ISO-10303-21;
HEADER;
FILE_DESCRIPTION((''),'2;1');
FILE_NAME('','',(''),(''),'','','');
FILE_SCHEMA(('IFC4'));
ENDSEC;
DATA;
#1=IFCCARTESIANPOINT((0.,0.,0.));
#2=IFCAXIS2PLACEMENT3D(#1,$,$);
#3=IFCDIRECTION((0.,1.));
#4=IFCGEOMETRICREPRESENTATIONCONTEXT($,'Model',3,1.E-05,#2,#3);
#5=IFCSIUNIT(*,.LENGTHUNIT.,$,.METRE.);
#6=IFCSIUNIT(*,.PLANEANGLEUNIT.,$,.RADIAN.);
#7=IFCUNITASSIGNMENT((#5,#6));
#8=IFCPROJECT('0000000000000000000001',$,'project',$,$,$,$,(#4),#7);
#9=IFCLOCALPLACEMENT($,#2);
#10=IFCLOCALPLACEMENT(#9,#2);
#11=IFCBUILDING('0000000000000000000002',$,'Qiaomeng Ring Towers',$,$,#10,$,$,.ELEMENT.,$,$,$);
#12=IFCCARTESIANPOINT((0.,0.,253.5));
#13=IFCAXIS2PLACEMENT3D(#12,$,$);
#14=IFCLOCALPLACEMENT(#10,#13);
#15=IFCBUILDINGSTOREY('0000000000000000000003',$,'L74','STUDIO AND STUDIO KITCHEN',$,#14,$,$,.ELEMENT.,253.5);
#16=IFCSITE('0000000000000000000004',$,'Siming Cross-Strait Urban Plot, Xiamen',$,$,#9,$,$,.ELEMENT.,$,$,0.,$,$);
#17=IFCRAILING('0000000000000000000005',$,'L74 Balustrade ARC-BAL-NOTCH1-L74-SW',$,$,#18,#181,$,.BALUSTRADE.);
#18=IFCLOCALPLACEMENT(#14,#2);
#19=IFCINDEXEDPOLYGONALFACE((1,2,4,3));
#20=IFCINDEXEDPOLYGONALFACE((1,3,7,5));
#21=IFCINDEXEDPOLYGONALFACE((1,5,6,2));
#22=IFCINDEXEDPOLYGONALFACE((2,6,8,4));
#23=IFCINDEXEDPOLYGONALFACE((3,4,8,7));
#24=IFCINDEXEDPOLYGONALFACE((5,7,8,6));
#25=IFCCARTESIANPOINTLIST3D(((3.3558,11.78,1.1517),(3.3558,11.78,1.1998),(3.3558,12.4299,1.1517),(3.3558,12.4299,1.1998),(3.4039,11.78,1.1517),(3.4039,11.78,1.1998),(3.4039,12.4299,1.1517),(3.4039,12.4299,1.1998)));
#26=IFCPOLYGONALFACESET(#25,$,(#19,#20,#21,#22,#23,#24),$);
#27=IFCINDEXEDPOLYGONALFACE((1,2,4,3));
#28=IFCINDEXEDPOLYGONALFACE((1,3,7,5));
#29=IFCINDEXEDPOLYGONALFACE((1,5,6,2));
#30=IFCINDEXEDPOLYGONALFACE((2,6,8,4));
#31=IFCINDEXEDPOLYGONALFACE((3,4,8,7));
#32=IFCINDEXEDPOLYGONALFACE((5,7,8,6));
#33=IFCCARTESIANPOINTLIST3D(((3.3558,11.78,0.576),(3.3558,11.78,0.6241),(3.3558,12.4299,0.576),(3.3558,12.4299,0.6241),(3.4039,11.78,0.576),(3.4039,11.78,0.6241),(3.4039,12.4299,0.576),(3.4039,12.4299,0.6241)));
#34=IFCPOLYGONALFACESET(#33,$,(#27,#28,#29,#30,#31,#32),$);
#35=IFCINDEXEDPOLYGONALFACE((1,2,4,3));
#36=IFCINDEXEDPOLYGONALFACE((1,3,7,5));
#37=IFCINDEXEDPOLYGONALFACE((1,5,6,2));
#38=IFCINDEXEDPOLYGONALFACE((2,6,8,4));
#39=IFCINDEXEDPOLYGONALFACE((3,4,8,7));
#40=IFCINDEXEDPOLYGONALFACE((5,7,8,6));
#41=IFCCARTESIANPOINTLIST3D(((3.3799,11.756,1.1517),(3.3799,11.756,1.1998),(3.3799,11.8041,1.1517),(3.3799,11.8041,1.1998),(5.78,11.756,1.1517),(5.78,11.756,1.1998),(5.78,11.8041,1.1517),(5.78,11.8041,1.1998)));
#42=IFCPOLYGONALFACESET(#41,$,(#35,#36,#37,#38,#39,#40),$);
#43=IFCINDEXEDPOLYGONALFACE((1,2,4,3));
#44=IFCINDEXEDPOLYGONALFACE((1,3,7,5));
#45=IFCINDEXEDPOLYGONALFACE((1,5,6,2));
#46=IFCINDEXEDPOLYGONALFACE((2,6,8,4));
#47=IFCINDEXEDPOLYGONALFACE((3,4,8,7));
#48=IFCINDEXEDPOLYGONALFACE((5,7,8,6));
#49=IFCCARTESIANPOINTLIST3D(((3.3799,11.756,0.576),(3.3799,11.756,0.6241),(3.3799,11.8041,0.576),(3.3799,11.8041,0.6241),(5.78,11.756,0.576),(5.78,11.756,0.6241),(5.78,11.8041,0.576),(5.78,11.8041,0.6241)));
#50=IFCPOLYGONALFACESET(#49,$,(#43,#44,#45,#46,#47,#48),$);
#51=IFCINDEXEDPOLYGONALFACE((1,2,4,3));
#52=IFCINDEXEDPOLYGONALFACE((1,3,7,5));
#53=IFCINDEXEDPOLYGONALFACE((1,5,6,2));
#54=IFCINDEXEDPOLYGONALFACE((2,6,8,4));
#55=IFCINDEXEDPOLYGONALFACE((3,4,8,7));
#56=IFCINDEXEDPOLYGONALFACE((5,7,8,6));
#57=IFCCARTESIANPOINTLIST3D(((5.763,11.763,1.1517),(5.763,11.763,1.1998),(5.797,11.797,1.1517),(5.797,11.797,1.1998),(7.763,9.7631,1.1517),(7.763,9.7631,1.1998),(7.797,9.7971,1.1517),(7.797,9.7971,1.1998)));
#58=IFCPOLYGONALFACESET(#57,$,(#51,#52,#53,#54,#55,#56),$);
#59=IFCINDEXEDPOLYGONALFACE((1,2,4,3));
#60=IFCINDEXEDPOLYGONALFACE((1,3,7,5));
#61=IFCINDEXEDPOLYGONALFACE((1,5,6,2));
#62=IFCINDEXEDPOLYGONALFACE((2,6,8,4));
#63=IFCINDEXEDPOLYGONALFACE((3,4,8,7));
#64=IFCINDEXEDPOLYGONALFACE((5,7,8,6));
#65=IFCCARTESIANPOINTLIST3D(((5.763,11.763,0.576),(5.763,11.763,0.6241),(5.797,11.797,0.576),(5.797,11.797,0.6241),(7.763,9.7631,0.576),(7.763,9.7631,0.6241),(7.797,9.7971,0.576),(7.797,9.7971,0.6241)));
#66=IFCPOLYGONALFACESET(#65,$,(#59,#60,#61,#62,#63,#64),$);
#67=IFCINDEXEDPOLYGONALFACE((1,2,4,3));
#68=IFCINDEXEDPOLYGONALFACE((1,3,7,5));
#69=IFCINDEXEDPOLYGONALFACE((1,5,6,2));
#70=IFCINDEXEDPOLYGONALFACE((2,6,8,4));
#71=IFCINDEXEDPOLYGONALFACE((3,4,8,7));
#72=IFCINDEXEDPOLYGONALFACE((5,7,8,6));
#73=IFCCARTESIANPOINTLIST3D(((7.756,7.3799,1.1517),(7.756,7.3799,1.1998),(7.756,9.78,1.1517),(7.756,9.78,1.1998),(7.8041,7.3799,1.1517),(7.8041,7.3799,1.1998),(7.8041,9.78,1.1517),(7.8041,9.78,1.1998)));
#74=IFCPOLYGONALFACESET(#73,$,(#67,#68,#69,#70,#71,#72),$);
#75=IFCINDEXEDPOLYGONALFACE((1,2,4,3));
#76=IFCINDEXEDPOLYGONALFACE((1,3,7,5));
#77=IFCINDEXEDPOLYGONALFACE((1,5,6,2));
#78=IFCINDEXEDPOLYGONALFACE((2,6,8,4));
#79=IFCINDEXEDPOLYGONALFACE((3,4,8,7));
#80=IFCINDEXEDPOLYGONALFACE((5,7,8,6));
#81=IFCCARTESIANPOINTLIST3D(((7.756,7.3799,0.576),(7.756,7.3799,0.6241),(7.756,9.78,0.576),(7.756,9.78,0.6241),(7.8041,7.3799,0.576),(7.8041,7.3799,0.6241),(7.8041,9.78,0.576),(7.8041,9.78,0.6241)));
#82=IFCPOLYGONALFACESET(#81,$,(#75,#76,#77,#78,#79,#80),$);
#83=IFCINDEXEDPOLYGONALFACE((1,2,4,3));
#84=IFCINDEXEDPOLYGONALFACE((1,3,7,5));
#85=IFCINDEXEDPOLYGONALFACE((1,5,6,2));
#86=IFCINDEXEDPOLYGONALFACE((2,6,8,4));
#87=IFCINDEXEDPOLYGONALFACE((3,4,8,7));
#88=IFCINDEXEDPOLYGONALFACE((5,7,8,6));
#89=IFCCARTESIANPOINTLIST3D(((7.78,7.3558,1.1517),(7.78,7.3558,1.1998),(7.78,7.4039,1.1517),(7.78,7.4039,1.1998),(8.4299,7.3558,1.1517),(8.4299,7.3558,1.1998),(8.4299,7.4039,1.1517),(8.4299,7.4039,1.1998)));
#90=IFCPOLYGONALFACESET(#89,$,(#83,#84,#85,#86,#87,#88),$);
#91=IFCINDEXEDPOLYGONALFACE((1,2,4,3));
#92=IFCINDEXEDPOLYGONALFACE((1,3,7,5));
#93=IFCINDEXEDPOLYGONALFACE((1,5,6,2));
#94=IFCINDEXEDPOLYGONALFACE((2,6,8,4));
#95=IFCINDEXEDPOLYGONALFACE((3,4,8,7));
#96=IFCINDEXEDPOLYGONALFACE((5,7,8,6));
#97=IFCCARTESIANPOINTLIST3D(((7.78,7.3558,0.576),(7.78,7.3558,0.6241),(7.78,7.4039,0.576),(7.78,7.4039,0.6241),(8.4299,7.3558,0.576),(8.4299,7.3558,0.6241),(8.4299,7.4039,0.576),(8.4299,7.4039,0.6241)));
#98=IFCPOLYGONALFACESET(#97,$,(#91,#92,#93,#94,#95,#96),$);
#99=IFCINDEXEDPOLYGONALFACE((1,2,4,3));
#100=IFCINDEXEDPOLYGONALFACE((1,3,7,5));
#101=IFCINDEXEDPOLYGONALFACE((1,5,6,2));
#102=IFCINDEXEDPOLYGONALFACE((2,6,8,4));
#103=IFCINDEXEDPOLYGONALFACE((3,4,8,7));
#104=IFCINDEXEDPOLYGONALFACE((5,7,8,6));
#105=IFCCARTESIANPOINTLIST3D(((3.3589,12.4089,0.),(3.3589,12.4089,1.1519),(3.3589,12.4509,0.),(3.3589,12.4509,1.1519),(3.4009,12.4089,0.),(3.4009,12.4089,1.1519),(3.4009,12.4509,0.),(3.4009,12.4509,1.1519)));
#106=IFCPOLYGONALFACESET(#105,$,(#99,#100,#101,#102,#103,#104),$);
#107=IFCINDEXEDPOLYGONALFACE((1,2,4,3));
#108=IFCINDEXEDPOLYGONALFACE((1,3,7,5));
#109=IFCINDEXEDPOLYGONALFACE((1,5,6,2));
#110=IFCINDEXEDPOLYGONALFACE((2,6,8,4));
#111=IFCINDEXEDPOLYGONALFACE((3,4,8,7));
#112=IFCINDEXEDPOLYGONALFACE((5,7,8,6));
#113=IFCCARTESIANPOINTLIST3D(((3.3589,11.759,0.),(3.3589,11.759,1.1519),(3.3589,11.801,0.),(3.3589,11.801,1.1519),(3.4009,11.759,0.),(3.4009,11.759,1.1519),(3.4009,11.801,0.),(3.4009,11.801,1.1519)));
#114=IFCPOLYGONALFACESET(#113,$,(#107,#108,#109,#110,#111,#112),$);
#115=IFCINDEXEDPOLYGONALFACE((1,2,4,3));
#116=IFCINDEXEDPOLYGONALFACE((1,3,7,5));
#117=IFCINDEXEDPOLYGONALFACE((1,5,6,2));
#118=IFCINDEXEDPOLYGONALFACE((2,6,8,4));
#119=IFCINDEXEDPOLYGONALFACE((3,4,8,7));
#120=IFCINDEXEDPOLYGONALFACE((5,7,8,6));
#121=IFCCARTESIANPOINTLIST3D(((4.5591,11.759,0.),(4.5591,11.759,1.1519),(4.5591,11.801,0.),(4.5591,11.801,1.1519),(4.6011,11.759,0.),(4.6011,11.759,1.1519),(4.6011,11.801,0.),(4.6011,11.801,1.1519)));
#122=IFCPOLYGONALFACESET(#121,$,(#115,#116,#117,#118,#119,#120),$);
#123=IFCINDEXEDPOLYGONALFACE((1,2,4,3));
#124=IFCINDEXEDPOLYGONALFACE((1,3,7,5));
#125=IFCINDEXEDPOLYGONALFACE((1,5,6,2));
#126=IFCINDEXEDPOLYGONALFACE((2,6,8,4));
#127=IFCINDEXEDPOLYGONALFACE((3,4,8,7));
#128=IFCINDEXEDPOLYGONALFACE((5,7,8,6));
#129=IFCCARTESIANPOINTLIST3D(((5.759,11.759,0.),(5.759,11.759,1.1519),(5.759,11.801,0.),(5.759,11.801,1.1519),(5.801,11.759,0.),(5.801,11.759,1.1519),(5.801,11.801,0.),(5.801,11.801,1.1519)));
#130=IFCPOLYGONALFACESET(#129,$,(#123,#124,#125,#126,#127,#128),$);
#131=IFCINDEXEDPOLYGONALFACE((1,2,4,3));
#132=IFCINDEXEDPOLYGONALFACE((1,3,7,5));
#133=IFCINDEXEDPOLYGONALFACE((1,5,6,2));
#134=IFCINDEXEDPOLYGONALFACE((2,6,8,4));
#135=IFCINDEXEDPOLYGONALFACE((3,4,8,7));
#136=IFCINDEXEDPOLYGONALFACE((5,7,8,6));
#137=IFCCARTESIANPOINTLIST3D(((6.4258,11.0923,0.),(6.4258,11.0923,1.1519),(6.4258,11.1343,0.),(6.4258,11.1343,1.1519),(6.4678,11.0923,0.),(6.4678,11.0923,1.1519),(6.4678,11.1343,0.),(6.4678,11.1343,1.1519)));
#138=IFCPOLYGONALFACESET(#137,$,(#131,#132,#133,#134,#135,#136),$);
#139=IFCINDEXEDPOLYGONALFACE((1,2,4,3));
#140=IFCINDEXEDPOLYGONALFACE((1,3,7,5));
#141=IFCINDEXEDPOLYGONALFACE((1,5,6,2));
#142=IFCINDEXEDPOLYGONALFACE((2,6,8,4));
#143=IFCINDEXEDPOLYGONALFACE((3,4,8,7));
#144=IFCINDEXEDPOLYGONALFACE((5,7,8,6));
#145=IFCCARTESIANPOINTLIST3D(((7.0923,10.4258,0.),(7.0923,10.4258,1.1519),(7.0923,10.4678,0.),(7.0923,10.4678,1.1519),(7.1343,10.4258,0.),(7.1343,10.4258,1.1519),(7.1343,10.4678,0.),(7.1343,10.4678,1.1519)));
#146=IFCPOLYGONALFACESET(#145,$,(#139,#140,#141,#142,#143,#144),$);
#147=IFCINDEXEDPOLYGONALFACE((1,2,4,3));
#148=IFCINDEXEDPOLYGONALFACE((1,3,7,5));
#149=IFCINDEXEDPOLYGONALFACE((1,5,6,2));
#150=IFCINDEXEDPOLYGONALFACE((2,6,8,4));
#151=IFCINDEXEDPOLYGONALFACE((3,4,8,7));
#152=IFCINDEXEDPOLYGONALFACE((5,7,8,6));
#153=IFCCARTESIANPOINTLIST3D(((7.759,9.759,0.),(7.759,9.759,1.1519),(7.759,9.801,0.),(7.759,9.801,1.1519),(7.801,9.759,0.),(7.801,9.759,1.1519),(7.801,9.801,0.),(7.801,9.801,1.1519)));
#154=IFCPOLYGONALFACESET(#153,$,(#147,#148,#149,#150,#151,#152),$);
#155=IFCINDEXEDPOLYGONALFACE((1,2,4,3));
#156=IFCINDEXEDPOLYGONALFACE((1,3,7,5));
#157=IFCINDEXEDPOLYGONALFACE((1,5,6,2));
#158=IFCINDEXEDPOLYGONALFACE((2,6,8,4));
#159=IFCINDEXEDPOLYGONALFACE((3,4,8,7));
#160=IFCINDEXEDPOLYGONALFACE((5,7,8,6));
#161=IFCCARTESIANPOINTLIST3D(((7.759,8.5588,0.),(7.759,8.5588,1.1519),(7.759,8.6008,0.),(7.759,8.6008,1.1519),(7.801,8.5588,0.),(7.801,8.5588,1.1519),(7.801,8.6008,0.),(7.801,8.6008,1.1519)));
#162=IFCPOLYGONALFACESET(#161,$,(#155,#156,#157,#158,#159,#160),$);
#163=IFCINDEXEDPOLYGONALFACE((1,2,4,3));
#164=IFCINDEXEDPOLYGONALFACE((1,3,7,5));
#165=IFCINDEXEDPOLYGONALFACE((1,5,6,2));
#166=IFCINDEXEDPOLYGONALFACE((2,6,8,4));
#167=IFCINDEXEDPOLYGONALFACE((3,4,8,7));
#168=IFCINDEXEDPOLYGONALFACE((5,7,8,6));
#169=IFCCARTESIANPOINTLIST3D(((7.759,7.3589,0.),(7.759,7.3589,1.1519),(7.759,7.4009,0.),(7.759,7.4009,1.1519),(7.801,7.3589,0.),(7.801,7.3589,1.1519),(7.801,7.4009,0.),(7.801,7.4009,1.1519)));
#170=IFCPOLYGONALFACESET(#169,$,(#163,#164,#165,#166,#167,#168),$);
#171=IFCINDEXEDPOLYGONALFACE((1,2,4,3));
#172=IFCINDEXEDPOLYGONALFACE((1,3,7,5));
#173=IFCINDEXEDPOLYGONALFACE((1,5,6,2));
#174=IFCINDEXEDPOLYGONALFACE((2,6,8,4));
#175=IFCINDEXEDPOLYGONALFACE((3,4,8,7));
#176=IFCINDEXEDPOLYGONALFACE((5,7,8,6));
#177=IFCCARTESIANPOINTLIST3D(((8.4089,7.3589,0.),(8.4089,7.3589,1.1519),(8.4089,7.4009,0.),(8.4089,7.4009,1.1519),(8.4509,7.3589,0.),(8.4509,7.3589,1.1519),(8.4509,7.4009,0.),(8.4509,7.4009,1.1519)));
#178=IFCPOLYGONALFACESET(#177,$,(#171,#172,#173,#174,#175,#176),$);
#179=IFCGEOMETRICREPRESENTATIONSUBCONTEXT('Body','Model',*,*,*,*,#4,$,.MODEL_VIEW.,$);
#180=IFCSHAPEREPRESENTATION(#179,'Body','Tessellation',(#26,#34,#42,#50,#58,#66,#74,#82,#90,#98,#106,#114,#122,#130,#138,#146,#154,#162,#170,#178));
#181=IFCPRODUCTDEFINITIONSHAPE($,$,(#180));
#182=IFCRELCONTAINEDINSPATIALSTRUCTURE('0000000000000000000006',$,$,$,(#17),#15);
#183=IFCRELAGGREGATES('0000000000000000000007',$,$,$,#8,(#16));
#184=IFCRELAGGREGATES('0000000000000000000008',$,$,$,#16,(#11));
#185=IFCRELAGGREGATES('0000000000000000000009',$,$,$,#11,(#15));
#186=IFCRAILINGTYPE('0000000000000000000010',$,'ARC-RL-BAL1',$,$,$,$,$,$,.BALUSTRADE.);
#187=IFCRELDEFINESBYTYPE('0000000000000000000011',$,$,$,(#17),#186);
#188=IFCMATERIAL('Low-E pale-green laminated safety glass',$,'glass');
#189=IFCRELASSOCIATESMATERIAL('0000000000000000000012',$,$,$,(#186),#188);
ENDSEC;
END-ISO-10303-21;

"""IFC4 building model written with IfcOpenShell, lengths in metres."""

from ifc_helpers import new_model, si_unit, direction, frame, origin, origin_2d, place, context, subcontext, project, spatial, rectangle, extrude, material, type_object, element, save


model = new_model("IFC4")

# Units and contexts
model_context = context("Model", 3, precision=1e-05, world=origin(), true_north=direction((0.0, 1.0)))
body_context = subcontext(model_context, "Body", "Model", "MODEL_VIEW")
ifc_project = project(units=[si_unit("LENGTHUNIT", "METRE"), si_unit("PLANEANGLEUNIT", "RADIAN")], contexts=[model_context])

# Site, building, storey
site_placement = place(None, origin())
site = spatial("IfcSite", under=ifc_project, at=site_placement, Name="Siming Cross-Strait Urban Plot, Xiamen", CompositionType="ELEMENT", RefElevation=0.0)
building_placement = place(site_placement, origin())
building = spatial("IfcBuilding", under=site, at=building_placement, Name="Qiaomeng Ring Towers", CompositionType="ELEMENT")
storey_placement = place(building_placement, frame((0.0, 0.0, 253.5)))
storey = spatial("IfcBuildingStorey", under=building, at=storey_placement, Name="L74", Description="STUDIO AND STUDIO KITCHEN", CompositionType="ELEMENT", Elevation=253.5)

# Railing
ifc_material_1 = material(Name="Low-E pale-green laminated safety glass", Category="glass")
railing_type = type_object("IfcRailingType", Name="ARC-RL-BAL1", PredefinedType="BALUSTRADE", material=ifc_material_1)
railing_1_placement = place(storey_placement, frame((3.3799, 12.4299, 0.0)))
element("IfcRailing", 1, at=railing_1_placement, inside=storey, type_object=railing_type, Name="L74 Balustrade ARC-BAL-NOTCH1-L74-SW", PredefinedType="BALUSTRADE", context=body_context, shape_type="SweptSolid", body=[
    extrude(rectangle(XDim=0.0481, YDim=0.0481, at=origin_2d()), frame((0.0, 0.0, 1.1758), z_axis=(0.0, -1.0, 0.0), x_axis=(1.0, 0.0, 0.0)), (0.0, 0.0, 1.0), 0.6499),
    extrude(rectangle(XDim=0.0481, YDim=0.0481, at=origin_2d()), frame((0.0, 0.0, 0.6001), z_axis=(0.0, -1.0, 0.0), x_axis=(1.0, 0.0, 0.0)), (0.0, 0.0, 1.0), 0.6499),
    extrude(rectangle(XDim=0.0481, YDim=0.0481, at=origin_2d()), frame((0.0, -0.6499, 1.1758), z_axis=(1.0, 0.0, 0.0), x_axis=(0.0, 1.0, 0.0)), (0.0, 0.0, 1.0), 2.4001),
    extrude(rectangle(XDim=0.0481, YDim=0.0481, at=origin_2d()), frame((0.0, -0.6499, 0.6001), z_axis=(1.0, 0.0, 0.0), x_axis=(0.0, 1.0, 0.0)), (0.0, 0.0, 1.0), 2.4001),
    extrude(rectangle(XDim=0.0481, YDim=0.0481, at=origin_2d()), frame((2.4001, -0.6499, 1.1758), z_axis=(0.707107, -0.707107, 0.0), x_axis=(0.707107, 0.707107, 0.0)), (0.0, 0.0, 1.0), 2.8284),
    extrude(rectangle(XDim=0.0481, YDim=0.0481, at=origin_2d()), frame((2.4001, -0.6499, 0.6001), z_axis=(0.707107, -0.707107, 0.0), x_axis=(0.707107, 0.707107, 0.0)), (0.0, 0.0, 1.0), 2.8284),
    extrude(rectangle(XDim=0.0481, YDim=0.0481, at=origin_2d()), frame((4.4001, -2.6499, 1.1758), z_axis=(0.0, -1.0, 0.0), x_axis=(1.0, 0.0, 0.0)), (0.0, 0.0, 1.0), 2.4001),
    extrude(rectangle(XDim=0.0481, YDim=0.0481, at=origin_2d()), frame((4.4001, -2.6499, 0.6001), z_axis=(0.0, -1.0, 0.0), x_axis=(1.0, 0.0, 0.0)), (0.0, 0.0, 1.0), 2.4001),
    extrude(rectangle(XDim=0.0481, YDim=0.0481, at=origin_2d()), frame((4.4001, -5.05, 1.1758), z_axis=(1.0, 0.0, 0.0), x_axis=(0.0, 1.0, 0.0)), (0.0, 0.0, 1.0), 0.6499),
    extrude(rectangle(XDim=0.0481, YDim=0.0481, at=origin_2d()), frame((4.4001, -5.05, 0.6001), z_axis=(1.0, 0.0, 0.0), x_axis=(0.0, 1.0, 0.0)), (0.0, 0.0, 1.0), 0.6499),
    extrude(rectangle(XDim=0.042, YDim=0.042, at=origin_2d()), origin(), (0.0, 0.0, 1.0), 1.1519),
    extrude(rectangle(XDim=0.042, YDim=0.042, at=origin_2d()), frame((0.0, -0.6499, 0.0)), (0.0, 0.0, 1.0), 1.1519),
    extrude(rectangle(XDim=0.042, YDim=0.042, at=origin_2d()), frame((1.2002, -0.6499, 0.0)), (0.0, 0.0, 1.0), 1.1519),
    extrude(rectangle(XDim=0.042, YDim=0.042, at=origin_2d()), frame((2.4001, -0.6499, 0.0)), (0.0, 0.0, 1.0), 1.1519),
    extrude(rectangle(XDim=0.042, YDim=0.042, at=origin_2d()), frame((3.0669, -1.3167, 0.0)), (0.0, 0.0, 1.0), 1.1519),
    extrude(rectangle(XDim=0.042, YDim=0.042, at=origin_2d()), frame((3.7334, -1.9832, 0.0)), (0.0, 0.0, 1.0), 1.1519),
    extrude(rectangle(XDim=0.042, YDim=0.042, at=origin_2d()), frame((4.4001, -2.6499, 0.0)), (0.0, 0.0, 1.0), 1.1519),
    extrude(rectangle(XDim=0.042, YDim=0.042, at=origin_2d()), frame((4.4001, -3.8501, 0.0)), (0.0, 0.0, 1.0), 1.1519),
    extrude(rectangle(XDim=0.042, YDim=0.042, at=origin_2d()), frame((4.4001, -5.05, 0.0)), (0.0, 0.0, 1.0), 1.1519),
    extrude(rectangle(XDim=0.042, YDim=0.042, at=origin_2d()), frame((5.05, -5.05, 0.0)), (0.0, 0.0, 1.0), 1.1519),
])

save(model, "model.ifc")
